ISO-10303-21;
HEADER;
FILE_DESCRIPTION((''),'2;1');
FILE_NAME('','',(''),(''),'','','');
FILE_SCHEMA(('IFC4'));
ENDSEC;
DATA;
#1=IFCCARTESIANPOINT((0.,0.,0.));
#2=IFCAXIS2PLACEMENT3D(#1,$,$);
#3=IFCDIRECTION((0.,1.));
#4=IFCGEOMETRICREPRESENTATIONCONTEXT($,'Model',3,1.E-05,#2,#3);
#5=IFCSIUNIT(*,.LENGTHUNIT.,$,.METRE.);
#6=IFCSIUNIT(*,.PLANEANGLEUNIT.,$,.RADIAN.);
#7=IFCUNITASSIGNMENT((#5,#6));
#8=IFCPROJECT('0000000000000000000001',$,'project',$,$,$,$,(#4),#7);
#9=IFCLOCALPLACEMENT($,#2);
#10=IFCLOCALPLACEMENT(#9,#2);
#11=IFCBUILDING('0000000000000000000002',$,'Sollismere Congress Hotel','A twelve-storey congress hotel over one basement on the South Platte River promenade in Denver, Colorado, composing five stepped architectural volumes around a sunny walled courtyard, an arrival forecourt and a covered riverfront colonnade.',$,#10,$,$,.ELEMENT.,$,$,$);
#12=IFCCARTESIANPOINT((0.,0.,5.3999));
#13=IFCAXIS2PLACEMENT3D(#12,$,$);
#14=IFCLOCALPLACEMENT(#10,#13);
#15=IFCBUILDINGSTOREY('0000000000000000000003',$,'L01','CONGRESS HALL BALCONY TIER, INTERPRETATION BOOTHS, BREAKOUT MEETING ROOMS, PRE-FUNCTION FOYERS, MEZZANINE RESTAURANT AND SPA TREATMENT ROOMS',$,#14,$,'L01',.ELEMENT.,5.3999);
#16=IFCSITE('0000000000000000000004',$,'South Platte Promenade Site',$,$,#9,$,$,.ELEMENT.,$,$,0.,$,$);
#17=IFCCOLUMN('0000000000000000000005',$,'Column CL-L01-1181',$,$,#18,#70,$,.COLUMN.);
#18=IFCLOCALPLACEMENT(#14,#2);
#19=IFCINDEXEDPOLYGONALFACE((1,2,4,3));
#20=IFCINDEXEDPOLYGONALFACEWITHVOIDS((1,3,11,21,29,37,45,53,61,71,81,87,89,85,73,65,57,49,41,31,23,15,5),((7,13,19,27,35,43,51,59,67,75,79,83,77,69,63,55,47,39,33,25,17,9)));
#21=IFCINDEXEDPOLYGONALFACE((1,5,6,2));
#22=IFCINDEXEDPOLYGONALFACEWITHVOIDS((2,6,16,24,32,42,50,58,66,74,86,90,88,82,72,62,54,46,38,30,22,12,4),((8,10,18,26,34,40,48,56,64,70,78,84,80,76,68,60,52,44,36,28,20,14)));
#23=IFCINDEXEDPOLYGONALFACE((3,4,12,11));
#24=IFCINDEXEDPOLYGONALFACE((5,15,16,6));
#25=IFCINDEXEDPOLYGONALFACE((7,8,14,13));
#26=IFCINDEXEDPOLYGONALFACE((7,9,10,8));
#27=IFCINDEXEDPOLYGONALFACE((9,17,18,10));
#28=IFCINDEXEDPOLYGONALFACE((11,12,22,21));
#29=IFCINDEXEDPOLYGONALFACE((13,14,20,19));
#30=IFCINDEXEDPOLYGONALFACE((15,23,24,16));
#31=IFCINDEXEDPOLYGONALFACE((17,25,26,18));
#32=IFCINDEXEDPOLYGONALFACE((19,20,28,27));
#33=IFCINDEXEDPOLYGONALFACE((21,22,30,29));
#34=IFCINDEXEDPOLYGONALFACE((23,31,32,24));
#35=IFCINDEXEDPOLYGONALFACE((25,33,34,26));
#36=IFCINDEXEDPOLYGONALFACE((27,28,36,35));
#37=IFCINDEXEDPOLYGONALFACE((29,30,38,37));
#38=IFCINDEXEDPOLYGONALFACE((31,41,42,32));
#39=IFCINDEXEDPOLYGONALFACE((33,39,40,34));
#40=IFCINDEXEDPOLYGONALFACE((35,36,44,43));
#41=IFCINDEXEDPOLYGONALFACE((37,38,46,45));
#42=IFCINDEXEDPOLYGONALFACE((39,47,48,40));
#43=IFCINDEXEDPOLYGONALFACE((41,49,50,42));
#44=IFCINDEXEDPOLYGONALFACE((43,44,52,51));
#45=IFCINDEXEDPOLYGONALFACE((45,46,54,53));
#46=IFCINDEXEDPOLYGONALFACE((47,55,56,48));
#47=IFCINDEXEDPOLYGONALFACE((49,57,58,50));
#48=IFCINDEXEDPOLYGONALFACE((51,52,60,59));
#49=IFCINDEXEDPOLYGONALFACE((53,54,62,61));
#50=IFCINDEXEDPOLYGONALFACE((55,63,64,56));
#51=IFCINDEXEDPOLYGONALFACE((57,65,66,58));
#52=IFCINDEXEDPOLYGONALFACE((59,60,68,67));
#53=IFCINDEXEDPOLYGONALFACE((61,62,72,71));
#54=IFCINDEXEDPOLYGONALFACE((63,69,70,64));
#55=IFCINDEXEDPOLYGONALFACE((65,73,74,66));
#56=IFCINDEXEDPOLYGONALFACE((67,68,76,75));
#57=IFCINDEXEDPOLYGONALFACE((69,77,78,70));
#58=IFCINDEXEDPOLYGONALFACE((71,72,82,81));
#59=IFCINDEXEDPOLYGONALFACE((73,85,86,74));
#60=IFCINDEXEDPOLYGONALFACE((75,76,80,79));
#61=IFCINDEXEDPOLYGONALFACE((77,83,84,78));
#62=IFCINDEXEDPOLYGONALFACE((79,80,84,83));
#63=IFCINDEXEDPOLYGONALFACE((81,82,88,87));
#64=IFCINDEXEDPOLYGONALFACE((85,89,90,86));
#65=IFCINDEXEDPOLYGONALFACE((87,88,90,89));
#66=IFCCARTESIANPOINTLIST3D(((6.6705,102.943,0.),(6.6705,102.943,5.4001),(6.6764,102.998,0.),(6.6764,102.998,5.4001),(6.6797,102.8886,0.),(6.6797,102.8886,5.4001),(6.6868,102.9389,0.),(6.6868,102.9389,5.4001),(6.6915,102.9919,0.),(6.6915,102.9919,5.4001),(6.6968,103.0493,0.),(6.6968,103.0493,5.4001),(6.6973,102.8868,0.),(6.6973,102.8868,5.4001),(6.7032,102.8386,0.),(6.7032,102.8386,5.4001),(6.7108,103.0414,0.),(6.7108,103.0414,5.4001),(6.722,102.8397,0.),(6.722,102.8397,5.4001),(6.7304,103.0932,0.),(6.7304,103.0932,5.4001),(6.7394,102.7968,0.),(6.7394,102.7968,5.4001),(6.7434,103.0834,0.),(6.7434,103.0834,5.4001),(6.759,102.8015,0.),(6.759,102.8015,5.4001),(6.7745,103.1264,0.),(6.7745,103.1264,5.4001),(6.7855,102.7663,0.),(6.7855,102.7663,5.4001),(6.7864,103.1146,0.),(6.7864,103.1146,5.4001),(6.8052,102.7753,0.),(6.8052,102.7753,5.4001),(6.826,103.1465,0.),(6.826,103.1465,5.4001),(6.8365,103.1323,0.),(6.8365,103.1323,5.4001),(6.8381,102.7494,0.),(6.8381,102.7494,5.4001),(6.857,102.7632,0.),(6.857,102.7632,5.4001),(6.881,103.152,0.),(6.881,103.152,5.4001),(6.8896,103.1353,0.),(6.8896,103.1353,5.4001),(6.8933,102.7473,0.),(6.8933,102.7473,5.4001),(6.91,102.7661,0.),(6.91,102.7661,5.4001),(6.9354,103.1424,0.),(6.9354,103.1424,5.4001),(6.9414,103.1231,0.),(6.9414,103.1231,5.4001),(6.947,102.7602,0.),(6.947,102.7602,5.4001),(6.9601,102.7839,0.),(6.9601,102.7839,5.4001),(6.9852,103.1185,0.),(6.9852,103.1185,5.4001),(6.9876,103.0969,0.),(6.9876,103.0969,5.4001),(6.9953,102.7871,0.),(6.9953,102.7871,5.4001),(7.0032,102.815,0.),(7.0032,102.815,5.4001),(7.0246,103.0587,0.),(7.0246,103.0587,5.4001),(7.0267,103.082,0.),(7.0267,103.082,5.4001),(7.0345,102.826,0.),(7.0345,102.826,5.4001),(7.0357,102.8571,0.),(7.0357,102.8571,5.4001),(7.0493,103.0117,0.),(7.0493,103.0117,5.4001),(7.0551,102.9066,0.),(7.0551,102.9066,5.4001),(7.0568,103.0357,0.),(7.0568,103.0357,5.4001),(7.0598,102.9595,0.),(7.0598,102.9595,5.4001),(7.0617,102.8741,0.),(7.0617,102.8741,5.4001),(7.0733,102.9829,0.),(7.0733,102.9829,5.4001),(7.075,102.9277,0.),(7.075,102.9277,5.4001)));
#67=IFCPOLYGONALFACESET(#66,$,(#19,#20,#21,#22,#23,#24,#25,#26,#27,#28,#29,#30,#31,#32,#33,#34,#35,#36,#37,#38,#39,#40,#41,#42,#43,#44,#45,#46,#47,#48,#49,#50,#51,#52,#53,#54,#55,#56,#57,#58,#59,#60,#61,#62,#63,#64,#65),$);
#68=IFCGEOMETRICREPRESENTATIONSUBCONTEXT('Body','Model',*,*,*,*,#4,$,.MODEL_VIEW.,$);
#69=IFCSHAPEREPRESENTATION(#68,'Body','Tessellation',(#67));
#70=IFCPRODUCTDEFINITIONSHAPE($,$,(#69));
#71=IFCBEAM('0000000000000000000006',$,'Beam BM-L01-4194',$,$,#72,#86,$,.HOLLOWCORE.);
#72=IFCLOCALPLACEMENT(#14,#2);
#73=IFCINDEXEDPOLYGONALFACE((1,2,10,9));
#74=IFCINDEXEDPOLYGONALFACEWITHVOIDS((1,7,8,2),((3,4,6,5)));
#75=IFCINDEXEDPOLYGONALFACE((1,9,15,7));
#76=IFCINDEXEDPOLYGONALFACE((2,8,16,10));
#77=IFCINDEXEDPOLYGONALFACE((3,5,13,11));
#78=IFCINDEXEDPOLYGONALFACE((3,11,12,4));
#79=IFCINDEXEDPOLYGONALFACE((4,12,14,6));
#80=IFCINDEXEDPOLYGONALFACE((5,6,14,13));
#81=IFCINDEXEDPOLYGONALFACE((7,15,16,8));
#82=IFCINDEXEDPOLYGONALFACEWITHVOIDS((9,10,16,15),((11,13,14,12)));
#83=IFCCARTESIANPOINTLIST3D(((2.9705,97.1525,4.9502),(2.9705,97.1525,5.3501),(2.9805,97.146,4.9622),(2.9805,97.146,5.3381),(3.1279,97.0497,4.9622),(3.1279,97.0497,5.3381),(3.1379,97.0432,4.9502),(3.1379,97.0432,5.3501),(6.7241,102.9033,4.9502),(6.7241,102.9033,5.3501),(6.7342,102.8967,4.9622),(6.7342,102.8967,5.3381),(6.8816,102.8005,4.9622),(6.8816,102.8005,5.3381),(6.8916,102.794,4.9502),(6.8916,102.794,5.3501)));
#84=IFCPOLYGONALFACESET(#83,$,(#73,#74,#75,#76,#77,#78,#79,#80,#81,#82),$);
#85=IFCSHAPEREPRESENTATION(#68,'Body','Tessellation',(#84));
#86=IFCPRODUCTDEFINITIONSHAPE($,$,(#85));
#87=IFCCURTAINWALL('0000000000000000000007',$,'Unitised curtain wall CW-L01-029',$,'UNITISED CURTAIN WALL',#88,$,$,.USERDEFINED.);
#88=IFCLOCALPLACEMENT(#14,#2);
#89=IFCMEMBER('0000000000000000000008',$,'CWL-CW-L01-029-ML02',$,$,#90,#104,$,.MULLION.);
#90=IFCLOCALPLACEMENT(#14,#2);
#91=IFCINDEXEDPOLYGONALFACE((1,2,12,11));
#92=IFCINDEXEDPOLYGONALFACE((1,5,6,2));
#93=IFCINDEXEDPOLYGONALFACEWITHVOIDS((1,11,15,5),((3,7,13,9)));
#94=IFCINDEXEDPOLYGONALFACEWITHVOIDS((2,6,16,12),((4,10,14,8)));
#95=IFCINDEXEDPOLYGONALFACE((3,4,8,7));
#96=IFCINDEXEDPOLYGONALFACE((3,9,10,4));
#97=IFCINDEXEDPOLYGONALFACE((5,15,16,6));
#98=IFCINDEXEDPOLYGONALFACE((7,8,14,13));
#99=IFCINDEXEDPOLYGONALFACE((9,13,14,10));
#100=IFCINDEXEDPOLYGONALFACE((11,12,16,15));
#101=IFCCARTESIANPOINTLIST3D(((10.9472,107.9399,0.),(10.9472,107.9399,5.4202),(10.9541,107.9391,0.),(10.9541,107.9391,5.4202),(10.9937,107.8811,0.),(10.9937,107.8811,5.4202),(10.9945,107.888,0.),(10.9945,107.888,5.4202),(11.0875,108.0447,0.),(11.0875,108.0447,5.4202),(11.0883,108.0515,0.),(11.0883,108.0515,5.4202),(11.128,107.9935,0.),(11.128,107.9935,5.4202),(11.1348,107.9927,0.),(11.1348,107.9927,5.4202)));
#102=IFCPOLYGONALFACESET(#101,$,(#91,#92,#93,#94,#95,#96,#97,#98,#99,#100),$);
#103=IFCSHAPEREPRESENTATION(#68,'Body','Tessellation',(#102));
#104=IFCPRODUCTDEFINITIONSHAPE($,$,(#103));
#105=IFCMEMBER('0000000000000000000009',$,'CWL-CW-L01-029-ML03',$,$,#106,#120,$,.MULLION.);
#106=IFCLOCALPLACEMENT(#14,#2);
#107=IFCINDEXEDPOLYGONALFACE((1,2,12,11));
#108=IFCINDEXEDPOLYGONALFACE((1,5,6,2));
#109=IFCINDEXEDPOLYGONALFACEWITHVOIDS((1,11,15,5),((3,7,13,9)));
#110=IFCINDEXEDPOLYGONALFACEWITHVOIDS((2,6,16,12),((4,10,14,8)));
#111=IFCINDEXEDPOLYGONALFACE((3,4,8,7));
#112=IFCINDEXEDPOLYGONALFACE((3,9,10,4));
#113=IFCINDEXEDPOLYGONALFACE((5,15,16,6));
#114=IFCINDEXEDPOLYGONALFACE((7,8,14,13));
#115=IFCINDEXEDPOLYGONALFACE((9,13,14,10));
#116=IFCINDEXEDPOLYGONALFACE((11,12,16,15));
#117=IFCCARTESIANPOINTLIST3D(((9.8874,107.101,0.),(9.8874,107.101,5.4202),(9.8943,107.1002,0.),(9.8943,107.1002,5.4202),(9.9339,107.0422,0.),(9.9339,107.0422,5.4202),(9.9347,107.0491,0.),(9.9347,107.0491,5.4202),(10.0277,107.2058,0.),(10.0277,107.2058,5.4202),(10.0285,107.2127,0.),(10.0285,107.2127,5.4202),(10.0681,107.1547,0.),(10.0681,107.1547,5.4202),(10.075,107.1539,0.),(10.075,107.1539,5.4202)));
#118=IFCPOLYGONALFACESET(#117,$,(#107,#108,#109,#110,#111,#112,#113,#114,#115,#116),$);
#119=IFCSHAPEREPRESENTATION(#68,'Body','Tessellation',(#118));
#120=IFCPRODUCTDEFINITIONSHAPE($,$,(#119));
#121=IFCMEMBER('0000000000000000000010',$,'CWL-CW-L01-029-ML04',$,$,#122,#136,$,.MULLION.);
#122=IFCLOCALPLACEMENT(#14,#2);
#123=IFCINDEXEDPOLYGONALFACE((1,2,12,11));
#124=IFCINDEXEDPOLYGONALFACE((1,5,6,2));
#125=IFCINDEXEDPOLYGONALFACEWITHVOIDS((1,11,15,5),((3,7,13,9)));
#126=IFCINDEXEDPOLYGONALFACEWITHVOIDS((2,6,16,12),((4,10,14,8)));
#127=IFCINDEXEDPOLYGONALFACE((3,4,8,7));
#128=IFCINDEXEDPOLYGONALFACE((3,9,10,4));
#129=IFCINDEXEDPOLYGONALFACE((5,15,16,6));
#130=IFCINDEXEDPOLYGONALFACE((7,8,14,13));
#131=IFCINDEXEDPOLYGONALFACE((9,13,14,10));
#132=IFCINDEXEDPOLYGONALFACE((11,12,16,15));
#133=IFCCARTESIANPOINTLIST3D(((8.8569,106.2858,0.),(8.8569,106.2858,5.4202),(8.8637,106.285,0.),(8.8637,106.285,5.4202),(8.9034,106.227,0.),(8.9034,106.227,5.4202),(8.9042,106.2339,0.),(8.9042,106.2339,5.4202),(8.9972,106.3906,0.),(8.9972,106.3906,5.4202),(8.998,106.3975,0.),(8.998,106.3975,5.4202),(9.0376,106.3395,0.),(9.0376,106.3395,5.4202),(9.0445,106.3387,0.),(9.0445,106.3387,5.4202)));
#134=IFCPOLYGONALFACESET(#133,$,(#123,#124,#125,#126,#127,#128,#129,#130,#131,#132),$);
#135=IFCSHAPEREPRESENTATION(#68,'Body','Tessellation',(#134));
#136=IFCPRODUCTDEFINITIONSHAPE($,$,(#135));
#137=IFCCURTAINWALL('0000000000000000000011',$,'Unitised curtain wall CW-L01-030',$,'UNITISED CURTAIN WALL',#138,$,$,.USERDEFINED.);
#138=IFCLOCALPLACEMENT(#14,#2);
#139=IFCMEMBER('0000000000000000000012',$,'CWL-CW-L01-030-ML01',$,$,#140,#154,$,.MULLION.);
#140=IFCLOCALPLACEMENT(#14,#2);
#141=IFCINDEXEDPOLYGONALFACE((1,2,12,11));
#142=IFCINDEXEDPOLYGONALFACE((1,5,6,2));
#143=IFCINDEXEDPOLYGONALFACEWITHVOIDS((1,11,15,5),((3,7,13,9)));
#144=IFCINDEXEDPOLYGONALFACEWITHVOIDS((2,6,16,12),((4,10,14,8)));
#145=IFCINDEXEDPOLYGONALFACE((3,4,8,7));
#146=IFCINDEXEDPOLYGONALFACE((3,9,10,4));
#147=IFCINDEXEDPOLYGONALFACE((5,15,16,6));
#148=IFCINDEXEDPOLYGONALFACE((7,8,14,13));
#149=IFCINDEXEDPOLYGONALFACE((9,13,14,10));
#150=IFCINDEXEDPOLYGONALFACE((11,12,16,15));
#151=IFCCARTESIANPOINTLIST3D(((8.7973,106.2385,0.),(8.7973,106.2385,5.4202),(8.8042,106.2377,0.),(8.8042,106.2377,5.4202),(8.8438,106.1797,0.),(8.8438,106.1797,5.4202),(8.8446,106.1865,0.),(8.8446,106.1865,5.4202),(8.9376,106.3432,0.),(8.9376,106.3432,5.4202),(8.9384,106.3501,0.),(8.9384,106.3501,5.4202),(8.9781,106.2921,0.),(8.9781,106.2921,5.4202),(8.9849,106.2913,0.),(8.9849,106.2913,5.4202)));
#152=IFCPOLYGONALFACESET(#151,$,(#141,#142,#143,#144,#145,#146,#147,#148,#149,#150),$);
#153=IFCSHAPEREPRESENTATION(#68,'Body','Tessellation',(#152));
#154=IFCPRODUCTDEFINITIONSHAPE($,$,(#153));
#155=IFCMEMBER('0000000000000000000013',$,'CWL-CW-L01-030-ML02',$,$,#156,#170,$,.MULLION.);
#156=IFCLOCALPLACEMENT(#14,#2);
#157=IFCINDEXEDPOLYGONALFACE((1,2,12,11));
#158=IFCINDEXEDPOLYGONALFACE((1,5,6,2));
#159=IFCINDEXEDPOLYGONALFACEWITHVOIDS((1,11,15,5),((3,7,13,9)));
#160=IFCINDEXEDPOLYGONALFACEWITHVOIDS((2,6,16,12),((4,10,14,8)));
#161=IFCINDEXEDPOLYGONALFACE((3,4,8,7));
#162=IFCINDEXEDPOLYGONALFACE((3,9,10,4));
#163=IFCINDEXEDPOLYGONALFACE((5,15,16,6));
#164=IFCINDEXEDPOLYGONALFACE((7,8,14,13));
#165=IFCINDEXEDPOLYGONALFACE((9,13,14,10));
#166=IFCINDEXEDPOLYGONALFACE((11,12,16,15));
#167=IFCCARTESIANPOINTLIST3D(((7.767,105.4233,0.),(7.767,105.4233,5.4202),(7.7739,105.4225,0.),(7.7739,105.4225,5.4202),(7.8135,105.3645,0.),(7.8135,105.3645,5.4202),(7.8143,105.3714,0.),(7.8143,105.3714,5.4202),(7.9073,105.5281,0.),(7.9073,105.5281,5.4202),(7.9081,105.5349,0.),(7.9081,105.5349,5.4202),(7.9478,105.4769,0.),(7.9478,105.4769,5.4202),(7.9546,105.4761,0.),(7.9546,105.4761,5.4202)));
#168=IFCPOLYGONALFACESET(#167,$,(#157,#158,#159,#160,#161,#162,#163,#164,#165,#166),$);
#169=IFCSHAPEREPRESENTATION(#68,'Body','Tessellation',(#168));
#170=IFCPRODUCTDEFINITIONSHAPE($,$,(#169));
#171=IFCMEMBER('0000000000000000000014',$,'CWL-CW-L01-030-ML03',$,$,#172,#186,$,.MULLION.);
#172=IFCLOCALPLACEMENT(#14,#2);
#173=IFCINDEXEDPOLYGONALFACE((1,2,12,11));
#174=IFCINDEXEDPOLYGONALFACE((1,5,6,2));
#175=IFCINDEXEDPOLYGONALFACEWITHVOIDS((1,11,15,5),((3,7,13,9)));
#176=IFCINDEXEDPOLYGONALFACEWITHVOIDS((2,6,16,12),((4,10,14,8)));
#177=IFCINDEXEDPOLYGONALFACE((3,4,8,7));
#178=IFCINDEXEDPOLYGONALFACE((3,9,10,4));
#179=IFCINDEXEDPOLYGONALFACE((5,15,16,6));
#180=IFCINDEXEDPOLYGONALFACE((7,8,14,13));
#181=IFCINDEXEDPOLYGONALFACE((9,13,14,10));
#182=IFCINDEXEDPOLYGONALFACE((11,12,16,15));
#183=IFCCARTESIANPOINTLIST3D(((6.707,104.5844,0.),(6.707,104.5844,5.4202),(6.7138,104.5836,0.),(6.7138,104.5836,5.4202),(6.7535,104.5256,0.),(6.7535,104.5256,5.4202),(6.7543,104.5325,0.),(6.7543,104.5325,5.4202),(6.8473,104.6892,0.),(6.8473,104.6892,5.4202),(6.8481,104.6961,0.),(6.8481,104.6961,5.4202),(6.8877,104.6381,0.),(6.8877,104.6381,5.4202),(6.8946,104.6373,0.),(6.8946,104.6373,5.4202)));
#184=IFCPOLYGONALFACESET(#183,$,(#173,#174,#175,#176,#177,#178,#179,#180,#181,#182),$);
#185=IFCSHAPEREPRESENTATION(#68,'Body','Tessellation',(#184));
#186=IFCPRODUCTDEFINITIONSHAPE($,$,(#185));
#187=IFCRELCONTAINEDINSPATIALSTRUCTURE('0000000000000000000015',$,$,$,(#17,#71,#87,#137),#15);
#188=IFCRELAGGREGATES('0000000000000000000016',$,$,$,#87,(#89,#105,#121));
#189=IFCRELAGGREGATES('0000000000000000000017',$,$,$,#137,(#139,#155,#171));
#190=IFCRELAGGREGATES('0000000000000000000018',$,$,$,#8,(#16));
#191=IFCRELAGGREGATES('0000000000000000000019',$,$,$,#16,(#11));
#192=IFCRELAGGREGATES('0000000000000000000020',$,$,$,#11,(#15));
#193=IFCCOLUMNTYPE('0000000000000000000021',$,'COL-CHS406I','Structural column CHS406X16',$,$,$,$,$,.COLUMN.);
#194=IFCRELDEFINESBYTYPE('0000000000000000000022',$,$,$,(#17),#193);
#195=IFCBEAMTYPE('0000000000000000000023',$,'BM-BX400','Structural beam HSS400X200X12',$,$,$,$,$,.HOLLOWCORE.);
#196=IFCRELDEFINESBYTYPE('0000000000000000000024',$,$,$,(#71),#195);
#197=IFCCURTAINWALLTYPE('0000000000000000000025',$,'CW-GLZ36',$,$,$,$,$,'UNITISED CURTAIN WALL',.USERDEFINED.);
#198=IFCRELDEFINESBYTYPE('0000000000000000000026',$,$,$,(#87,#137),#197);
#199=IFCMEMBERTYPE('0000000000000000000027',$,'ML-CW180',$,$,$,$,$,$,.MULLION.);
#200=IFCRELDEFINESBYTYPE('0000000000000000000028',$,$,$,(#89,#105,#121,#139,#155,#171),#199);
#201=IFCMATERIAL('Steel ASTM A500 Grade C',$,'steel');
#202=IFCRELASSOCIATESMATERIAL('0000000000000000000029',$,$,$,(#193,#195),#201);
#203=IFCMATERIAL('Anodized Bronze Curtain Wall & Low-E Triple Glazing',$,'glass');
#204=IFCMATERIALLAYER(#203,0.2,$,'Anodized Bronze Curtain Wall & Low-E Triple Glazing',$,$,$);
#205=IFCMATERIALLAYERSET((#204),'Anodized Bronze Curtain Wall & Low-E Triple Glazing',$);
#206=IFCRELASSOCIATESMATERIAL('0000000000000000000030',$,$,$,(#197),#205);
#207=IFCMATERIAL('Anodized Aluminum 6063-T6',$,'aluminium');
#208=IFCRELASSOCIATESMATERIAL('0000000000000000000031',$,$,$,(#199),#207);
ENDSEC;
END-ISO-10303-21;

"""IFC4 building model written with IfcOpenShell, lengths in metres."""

from ifc_helpers import new_model, si_unit, direction, frame, origin, origin_2d, place, context, subcontext, project, spatial, hollow_rectangle, hollow_circle, extrude, material, layer, layer_set, material_profile, profile_set, type_object, element, aggregate, save


model = new_model("IFC4")

# Units and contexts
model_context = context("Model", 3, precision=1e-05, world=origin(), true_north=direction((0.0, 1.0)))
body_context = subcontext(model_context, "Body", "Model", "MODEL_VIEW")
ifc_project = project(units=[si_unit("LENGTHUNIT", "METRE"), si_unit("PLANEANGLEUNIT", "RADIAN")], contexts=[model_context])

# Site, building, storey
site_placement = place(None, origin())
site = spatial("IfcSite", under=ifc_project, at=site_placement, Name="South Platte Promenade Site", CompositionType="ELEMENT", RefElevation=0.0)
building_placement = place(site_placement, origin())
building = spatial("IfcBuilding", under=site, at=building_placement, Name="Sollismere Congress Hotel", Description="A twelve-storey congress hotel over one basement on the South Platte River promenade in Denver, Colorado, composing five stepped architectural volumes around a sunny walled courtyard, an arrival forecourt and a covered riverfront colonnade.", CompositionType="ELEMENT")
storey_placement = place(building_placement, frame((0.0, 0.0, 5.3999)))
storey = spatial("IfcBuildingStorey", under=building, at=storey_placement, Name="L01", Description="CONGRESS HALL BALCONY TIER, INTERPRETATION BOOTHS, BREAKOUT MEETING ROOMS, PRE-FUNCTION FOYERS, MEZZANINE RESTAURANT AND SPA TREATMENT ROOMS", LongName="L01", CompositionType="ELEMENT", Elevation=5.3999)

# Column
ifc_material_1 = material(Name="Steel ASTM A500 Grade C", Category="steel")
ifc_material_profile_1 = material_profile(ifc_material_1, hollow_circle(Radius=0.2029, WallThickness=0.0161, at=origin_2d()), Name="CHS406X16")
ifc_profile_set_1 = profile_set([ifc_material_profile_1], Name="Steel ASTM A500 Grade C")
column_type = type_object("IfcColumnType", Name="COL-CHS406I", Description="Structural column CHS406X16", PredefinedType="COLUMN", material=ifc_profile_set_1)
column_placement = place(storey_placement, frame((6.8733, 102.9492, 0.0), z_axis=(0.0, 0.0, 1.0), x_axis=(-0.86984, 0.493335, 0.0)))
element("IfcColumn", 1, at=column_placement, inside=storey, type_object=column_type, Name="Column CL-L01-1181", PredefinedType="COLUMN", context=body_context, shape_type="SweptSolid", body=[
    extrude(hollow_circle(Radius=0.2029, WallThickness=0.0161, at=origin_2d()), origin(), (0.0, 0.0, 1.0), 5.4001),
])

# Beam
ifc_material_profile_2 = material_profile(ifc_material_1, hollow_rectangle(XDim=0.2, YDim=0.3999, WallThickness=0.012, at=origin_2d()), Name="HSS400X200X12")
ifc_profile_set_2 = profile_set([ifc_material_profile_2], Name="Steel ASTM A500 Grade C")
beam_type = type_object("IfcBeamType", Name="BM-BX400", Description="Structural beam HSS400X200X12", PredefinedType="HOLLOWCORE", material=ifc_profile_set_2)
beam_placement = place(storey_placement, frame((6.8079, 102.8486, 5.1501), z_axis=(-0.546593, -0.837398, 0.0), x_axis=(0.837398, -0.546593, 0.0)))
element("IfcBeam", 2, at=beam_placement, inside=storey, type_object=beam_type, Name="Beam BM-L01-4194", PredefinedType="HOLLOWCORE", context=body_context, shape_type="SweptSolid", body=[
    extrude(hollow_rectangle(XDim=0.2, YDim=0.3999, WallThickness=0.012, at=origin_2d()), origin(), (0.0, 0.0, 1.0), 6.8674),
])

# Curtain walls, members
ifc_material_2 = material(Name="Anodized Bronze Curtain Wall & Low-E Triple Glazing", Category="glass")
ifc_layer_1 = layer(ifc_material_2, 0.2, Name="Anodized Bronze Curtain Wall & Low-E Triple Glazing")
ifc_layer_set_1 = layer_set([ifc_layer_1], Name="Anodized Bronze Curtain Wall & Low-E Triple Glazing")
curtain_wall_type = type_object("IfcCurtainWallType", Name="CW-GLZ36", ElementType="UNITISED CURTAIN WALL", PredefinedType="USERDEFINED", material=ifc_layer_set_1)
curtain_wall_1_placement = place(storey_placement, origin())
curtain_wall_1 = element("IfcCurtainWall", 3, at=curtain_wall_1_placement, inside=storey, type_object=curtain_wall_type, Name="Unitised curtain wall CW-L01-029", ObjectType="UNITISED CURTAIN WALL", PredefinedType="USERDEFINED")
ifc_material_3 = material(Name="Anodized Aluminum 6063-T6", Category="aluminium")
ifc_material_profile_3 = material_profile(ifc_material_3, hollow_rectangle(XDim=0.075, YDim=0.1799, WallThickness=0.0049, at=origin_2d()), Name="ALU180X75X5")
ifc_profile_set_3 = profile_set([ifc_material_profile_3], Name="Anodized Aluminum 6063-T6")
member_type_1 = type_object("IfcMemberType", Name="ML-CW180", PredefinedType="MULLION", material=ifc_profile_set_3)
member_1_placement = place(storey_placement, frame((11.041, 107.9663, 0.0), z_axis=(0.0, 0.0, 1.0), x_axis=(0.620532, -0.784181, 0.0)))
member_1 = element("IfcMember", 4, at=member_1_placement, type_object=member_type_1, Name="CWL-CW-L01-029-ML02", PredefinedType="MULLION", context=body_context, shape_type="SweptSolid", body=[
    extrude(hollow_rectangle(XDim=0.075, YDim=0.1799, WallThickness=0.0049, at=origin_2d()), origin(), (0.0, 0.0, 1.0), 5.4202),
])
member_2_placement = place(storey_placement, frame((9.9812, 107.1274, 0.0), z_axis=(0.0, 0.0, 1.0), x_axis=(0.620532, -0.784181, 0.0)))
member_2 = element("IfcMember", 5, at=member_2_placement, type_object=member_type_1, Name="CWL-CW-L01-029-ML03", PredefinedType="MULLION", context=body_context, shape_type="SweptSolid", body=[
    extrude(hollow_rectangle(XDim=0.075, YDim=0.1799, WallThickness=0.0049, at=origin_2d()), origin(), (0.0, 0.0, 1.0), 5.4202),
])
member_3_placement = place(storey_placement, frame((8.9507, 106.3123, 0.0), z_axis=(0.0, 0.0, 1.0), x_axis=(0.620532, -0.784181, 0.0)))
member_3 = element("IfcMember", 6, at=member_3_placement, type_object=member_type_1, Name="CWL-CW-L01-029-ML04", PredefinedType="MULLION", context=body_context, shape_type="SweptSolid", body=[
    extrude(hollow_rectangle(XDim=0.075, YDim=0.1799, WallThickness=0.0049, at=origin_2d()), origin(), (0.0, 0.0, 1.0), 5.4202),
])
curtain_wall_2_placement = place(storey_placement, origin())
curtain_wall_2 = element("IfcCurtainWall", 7, at=curtain_wall_2_placement, inside=storey, type_object=curtain_wall_type, Name="Unitised curtain wall CW-L01-030", ObjectType="UNITISED CURTAIN WALL", PredefinedType="USERDEFINED")
member_4_placement = place(storey_placement, frame((8.8911, 106.2649, 0.0), z_axis=(0.0, 0.0, 1.0), x_axis=(0.620532, -0.784181, 0.0)))
member_4 = element("IfcMember", 8, at=member_4_placement, type_object=member_type_1, Name="CWL-CW-L01-030-ML01", PredefinedType="MULLION", context=body_context, shape_type="SweptSolid", body=[
    extrude(hollow_rectangle(XDim=0.075, YDim=0.1799, WallThickness=0.0049, at=origin_2d()), origin(), (0.0, 0.0, 1.0), 5.4202),
])
member_5_placement = place(storey_placement, frame((7.8608, 105.4497, 0.0), z_axis=(0.0, 0.0, 1.0), x_axis=(0.620532, -0.784181, 0.0)))
member_5 = element("IfcMember", 9, at=member_5_placement, type_object=member_type_1, Name="CWL-CW-L01-030-ML02", PredefinedType="MULLION", context=body_context, shape_type="SweptSolid", body=[
    extrude(hollow_rectangle(XDim=0.075, YDim=0.1799, WallThickness=0.0049, at=origin_2d()), origin(), (0.0, 0.0, 1.0), 5.4202),
])
member_6_placement = place(storey_placement, frame((6.8008, 104.6108, 0.0), z_axis=(0.0, 0.0, 1.0), x_axis=(0.620532, -0.784181, 0.0)))
member_6 = element("IfcMember", 10, at=member_6_placement, type_object=member_type_1, Name="CWL-CW-L01-030-ML03", PredefinedType="MULLION", context=body_context, shape_type="SweptSolid", body=[
    extrude(hollow_rectangle(XDim=0.075, YDim=0.1799, WallThickness=0.0049, at=origin_2d()), origin(), (0.0, 0.0, 1.0), 5.4202),
])

aggregate(curtain_wall_1, [member_1, member_2, member_3])
aggregate(curtain_wall_2, [member_4, member_5, member_6])

save(model, "model.ifc")
